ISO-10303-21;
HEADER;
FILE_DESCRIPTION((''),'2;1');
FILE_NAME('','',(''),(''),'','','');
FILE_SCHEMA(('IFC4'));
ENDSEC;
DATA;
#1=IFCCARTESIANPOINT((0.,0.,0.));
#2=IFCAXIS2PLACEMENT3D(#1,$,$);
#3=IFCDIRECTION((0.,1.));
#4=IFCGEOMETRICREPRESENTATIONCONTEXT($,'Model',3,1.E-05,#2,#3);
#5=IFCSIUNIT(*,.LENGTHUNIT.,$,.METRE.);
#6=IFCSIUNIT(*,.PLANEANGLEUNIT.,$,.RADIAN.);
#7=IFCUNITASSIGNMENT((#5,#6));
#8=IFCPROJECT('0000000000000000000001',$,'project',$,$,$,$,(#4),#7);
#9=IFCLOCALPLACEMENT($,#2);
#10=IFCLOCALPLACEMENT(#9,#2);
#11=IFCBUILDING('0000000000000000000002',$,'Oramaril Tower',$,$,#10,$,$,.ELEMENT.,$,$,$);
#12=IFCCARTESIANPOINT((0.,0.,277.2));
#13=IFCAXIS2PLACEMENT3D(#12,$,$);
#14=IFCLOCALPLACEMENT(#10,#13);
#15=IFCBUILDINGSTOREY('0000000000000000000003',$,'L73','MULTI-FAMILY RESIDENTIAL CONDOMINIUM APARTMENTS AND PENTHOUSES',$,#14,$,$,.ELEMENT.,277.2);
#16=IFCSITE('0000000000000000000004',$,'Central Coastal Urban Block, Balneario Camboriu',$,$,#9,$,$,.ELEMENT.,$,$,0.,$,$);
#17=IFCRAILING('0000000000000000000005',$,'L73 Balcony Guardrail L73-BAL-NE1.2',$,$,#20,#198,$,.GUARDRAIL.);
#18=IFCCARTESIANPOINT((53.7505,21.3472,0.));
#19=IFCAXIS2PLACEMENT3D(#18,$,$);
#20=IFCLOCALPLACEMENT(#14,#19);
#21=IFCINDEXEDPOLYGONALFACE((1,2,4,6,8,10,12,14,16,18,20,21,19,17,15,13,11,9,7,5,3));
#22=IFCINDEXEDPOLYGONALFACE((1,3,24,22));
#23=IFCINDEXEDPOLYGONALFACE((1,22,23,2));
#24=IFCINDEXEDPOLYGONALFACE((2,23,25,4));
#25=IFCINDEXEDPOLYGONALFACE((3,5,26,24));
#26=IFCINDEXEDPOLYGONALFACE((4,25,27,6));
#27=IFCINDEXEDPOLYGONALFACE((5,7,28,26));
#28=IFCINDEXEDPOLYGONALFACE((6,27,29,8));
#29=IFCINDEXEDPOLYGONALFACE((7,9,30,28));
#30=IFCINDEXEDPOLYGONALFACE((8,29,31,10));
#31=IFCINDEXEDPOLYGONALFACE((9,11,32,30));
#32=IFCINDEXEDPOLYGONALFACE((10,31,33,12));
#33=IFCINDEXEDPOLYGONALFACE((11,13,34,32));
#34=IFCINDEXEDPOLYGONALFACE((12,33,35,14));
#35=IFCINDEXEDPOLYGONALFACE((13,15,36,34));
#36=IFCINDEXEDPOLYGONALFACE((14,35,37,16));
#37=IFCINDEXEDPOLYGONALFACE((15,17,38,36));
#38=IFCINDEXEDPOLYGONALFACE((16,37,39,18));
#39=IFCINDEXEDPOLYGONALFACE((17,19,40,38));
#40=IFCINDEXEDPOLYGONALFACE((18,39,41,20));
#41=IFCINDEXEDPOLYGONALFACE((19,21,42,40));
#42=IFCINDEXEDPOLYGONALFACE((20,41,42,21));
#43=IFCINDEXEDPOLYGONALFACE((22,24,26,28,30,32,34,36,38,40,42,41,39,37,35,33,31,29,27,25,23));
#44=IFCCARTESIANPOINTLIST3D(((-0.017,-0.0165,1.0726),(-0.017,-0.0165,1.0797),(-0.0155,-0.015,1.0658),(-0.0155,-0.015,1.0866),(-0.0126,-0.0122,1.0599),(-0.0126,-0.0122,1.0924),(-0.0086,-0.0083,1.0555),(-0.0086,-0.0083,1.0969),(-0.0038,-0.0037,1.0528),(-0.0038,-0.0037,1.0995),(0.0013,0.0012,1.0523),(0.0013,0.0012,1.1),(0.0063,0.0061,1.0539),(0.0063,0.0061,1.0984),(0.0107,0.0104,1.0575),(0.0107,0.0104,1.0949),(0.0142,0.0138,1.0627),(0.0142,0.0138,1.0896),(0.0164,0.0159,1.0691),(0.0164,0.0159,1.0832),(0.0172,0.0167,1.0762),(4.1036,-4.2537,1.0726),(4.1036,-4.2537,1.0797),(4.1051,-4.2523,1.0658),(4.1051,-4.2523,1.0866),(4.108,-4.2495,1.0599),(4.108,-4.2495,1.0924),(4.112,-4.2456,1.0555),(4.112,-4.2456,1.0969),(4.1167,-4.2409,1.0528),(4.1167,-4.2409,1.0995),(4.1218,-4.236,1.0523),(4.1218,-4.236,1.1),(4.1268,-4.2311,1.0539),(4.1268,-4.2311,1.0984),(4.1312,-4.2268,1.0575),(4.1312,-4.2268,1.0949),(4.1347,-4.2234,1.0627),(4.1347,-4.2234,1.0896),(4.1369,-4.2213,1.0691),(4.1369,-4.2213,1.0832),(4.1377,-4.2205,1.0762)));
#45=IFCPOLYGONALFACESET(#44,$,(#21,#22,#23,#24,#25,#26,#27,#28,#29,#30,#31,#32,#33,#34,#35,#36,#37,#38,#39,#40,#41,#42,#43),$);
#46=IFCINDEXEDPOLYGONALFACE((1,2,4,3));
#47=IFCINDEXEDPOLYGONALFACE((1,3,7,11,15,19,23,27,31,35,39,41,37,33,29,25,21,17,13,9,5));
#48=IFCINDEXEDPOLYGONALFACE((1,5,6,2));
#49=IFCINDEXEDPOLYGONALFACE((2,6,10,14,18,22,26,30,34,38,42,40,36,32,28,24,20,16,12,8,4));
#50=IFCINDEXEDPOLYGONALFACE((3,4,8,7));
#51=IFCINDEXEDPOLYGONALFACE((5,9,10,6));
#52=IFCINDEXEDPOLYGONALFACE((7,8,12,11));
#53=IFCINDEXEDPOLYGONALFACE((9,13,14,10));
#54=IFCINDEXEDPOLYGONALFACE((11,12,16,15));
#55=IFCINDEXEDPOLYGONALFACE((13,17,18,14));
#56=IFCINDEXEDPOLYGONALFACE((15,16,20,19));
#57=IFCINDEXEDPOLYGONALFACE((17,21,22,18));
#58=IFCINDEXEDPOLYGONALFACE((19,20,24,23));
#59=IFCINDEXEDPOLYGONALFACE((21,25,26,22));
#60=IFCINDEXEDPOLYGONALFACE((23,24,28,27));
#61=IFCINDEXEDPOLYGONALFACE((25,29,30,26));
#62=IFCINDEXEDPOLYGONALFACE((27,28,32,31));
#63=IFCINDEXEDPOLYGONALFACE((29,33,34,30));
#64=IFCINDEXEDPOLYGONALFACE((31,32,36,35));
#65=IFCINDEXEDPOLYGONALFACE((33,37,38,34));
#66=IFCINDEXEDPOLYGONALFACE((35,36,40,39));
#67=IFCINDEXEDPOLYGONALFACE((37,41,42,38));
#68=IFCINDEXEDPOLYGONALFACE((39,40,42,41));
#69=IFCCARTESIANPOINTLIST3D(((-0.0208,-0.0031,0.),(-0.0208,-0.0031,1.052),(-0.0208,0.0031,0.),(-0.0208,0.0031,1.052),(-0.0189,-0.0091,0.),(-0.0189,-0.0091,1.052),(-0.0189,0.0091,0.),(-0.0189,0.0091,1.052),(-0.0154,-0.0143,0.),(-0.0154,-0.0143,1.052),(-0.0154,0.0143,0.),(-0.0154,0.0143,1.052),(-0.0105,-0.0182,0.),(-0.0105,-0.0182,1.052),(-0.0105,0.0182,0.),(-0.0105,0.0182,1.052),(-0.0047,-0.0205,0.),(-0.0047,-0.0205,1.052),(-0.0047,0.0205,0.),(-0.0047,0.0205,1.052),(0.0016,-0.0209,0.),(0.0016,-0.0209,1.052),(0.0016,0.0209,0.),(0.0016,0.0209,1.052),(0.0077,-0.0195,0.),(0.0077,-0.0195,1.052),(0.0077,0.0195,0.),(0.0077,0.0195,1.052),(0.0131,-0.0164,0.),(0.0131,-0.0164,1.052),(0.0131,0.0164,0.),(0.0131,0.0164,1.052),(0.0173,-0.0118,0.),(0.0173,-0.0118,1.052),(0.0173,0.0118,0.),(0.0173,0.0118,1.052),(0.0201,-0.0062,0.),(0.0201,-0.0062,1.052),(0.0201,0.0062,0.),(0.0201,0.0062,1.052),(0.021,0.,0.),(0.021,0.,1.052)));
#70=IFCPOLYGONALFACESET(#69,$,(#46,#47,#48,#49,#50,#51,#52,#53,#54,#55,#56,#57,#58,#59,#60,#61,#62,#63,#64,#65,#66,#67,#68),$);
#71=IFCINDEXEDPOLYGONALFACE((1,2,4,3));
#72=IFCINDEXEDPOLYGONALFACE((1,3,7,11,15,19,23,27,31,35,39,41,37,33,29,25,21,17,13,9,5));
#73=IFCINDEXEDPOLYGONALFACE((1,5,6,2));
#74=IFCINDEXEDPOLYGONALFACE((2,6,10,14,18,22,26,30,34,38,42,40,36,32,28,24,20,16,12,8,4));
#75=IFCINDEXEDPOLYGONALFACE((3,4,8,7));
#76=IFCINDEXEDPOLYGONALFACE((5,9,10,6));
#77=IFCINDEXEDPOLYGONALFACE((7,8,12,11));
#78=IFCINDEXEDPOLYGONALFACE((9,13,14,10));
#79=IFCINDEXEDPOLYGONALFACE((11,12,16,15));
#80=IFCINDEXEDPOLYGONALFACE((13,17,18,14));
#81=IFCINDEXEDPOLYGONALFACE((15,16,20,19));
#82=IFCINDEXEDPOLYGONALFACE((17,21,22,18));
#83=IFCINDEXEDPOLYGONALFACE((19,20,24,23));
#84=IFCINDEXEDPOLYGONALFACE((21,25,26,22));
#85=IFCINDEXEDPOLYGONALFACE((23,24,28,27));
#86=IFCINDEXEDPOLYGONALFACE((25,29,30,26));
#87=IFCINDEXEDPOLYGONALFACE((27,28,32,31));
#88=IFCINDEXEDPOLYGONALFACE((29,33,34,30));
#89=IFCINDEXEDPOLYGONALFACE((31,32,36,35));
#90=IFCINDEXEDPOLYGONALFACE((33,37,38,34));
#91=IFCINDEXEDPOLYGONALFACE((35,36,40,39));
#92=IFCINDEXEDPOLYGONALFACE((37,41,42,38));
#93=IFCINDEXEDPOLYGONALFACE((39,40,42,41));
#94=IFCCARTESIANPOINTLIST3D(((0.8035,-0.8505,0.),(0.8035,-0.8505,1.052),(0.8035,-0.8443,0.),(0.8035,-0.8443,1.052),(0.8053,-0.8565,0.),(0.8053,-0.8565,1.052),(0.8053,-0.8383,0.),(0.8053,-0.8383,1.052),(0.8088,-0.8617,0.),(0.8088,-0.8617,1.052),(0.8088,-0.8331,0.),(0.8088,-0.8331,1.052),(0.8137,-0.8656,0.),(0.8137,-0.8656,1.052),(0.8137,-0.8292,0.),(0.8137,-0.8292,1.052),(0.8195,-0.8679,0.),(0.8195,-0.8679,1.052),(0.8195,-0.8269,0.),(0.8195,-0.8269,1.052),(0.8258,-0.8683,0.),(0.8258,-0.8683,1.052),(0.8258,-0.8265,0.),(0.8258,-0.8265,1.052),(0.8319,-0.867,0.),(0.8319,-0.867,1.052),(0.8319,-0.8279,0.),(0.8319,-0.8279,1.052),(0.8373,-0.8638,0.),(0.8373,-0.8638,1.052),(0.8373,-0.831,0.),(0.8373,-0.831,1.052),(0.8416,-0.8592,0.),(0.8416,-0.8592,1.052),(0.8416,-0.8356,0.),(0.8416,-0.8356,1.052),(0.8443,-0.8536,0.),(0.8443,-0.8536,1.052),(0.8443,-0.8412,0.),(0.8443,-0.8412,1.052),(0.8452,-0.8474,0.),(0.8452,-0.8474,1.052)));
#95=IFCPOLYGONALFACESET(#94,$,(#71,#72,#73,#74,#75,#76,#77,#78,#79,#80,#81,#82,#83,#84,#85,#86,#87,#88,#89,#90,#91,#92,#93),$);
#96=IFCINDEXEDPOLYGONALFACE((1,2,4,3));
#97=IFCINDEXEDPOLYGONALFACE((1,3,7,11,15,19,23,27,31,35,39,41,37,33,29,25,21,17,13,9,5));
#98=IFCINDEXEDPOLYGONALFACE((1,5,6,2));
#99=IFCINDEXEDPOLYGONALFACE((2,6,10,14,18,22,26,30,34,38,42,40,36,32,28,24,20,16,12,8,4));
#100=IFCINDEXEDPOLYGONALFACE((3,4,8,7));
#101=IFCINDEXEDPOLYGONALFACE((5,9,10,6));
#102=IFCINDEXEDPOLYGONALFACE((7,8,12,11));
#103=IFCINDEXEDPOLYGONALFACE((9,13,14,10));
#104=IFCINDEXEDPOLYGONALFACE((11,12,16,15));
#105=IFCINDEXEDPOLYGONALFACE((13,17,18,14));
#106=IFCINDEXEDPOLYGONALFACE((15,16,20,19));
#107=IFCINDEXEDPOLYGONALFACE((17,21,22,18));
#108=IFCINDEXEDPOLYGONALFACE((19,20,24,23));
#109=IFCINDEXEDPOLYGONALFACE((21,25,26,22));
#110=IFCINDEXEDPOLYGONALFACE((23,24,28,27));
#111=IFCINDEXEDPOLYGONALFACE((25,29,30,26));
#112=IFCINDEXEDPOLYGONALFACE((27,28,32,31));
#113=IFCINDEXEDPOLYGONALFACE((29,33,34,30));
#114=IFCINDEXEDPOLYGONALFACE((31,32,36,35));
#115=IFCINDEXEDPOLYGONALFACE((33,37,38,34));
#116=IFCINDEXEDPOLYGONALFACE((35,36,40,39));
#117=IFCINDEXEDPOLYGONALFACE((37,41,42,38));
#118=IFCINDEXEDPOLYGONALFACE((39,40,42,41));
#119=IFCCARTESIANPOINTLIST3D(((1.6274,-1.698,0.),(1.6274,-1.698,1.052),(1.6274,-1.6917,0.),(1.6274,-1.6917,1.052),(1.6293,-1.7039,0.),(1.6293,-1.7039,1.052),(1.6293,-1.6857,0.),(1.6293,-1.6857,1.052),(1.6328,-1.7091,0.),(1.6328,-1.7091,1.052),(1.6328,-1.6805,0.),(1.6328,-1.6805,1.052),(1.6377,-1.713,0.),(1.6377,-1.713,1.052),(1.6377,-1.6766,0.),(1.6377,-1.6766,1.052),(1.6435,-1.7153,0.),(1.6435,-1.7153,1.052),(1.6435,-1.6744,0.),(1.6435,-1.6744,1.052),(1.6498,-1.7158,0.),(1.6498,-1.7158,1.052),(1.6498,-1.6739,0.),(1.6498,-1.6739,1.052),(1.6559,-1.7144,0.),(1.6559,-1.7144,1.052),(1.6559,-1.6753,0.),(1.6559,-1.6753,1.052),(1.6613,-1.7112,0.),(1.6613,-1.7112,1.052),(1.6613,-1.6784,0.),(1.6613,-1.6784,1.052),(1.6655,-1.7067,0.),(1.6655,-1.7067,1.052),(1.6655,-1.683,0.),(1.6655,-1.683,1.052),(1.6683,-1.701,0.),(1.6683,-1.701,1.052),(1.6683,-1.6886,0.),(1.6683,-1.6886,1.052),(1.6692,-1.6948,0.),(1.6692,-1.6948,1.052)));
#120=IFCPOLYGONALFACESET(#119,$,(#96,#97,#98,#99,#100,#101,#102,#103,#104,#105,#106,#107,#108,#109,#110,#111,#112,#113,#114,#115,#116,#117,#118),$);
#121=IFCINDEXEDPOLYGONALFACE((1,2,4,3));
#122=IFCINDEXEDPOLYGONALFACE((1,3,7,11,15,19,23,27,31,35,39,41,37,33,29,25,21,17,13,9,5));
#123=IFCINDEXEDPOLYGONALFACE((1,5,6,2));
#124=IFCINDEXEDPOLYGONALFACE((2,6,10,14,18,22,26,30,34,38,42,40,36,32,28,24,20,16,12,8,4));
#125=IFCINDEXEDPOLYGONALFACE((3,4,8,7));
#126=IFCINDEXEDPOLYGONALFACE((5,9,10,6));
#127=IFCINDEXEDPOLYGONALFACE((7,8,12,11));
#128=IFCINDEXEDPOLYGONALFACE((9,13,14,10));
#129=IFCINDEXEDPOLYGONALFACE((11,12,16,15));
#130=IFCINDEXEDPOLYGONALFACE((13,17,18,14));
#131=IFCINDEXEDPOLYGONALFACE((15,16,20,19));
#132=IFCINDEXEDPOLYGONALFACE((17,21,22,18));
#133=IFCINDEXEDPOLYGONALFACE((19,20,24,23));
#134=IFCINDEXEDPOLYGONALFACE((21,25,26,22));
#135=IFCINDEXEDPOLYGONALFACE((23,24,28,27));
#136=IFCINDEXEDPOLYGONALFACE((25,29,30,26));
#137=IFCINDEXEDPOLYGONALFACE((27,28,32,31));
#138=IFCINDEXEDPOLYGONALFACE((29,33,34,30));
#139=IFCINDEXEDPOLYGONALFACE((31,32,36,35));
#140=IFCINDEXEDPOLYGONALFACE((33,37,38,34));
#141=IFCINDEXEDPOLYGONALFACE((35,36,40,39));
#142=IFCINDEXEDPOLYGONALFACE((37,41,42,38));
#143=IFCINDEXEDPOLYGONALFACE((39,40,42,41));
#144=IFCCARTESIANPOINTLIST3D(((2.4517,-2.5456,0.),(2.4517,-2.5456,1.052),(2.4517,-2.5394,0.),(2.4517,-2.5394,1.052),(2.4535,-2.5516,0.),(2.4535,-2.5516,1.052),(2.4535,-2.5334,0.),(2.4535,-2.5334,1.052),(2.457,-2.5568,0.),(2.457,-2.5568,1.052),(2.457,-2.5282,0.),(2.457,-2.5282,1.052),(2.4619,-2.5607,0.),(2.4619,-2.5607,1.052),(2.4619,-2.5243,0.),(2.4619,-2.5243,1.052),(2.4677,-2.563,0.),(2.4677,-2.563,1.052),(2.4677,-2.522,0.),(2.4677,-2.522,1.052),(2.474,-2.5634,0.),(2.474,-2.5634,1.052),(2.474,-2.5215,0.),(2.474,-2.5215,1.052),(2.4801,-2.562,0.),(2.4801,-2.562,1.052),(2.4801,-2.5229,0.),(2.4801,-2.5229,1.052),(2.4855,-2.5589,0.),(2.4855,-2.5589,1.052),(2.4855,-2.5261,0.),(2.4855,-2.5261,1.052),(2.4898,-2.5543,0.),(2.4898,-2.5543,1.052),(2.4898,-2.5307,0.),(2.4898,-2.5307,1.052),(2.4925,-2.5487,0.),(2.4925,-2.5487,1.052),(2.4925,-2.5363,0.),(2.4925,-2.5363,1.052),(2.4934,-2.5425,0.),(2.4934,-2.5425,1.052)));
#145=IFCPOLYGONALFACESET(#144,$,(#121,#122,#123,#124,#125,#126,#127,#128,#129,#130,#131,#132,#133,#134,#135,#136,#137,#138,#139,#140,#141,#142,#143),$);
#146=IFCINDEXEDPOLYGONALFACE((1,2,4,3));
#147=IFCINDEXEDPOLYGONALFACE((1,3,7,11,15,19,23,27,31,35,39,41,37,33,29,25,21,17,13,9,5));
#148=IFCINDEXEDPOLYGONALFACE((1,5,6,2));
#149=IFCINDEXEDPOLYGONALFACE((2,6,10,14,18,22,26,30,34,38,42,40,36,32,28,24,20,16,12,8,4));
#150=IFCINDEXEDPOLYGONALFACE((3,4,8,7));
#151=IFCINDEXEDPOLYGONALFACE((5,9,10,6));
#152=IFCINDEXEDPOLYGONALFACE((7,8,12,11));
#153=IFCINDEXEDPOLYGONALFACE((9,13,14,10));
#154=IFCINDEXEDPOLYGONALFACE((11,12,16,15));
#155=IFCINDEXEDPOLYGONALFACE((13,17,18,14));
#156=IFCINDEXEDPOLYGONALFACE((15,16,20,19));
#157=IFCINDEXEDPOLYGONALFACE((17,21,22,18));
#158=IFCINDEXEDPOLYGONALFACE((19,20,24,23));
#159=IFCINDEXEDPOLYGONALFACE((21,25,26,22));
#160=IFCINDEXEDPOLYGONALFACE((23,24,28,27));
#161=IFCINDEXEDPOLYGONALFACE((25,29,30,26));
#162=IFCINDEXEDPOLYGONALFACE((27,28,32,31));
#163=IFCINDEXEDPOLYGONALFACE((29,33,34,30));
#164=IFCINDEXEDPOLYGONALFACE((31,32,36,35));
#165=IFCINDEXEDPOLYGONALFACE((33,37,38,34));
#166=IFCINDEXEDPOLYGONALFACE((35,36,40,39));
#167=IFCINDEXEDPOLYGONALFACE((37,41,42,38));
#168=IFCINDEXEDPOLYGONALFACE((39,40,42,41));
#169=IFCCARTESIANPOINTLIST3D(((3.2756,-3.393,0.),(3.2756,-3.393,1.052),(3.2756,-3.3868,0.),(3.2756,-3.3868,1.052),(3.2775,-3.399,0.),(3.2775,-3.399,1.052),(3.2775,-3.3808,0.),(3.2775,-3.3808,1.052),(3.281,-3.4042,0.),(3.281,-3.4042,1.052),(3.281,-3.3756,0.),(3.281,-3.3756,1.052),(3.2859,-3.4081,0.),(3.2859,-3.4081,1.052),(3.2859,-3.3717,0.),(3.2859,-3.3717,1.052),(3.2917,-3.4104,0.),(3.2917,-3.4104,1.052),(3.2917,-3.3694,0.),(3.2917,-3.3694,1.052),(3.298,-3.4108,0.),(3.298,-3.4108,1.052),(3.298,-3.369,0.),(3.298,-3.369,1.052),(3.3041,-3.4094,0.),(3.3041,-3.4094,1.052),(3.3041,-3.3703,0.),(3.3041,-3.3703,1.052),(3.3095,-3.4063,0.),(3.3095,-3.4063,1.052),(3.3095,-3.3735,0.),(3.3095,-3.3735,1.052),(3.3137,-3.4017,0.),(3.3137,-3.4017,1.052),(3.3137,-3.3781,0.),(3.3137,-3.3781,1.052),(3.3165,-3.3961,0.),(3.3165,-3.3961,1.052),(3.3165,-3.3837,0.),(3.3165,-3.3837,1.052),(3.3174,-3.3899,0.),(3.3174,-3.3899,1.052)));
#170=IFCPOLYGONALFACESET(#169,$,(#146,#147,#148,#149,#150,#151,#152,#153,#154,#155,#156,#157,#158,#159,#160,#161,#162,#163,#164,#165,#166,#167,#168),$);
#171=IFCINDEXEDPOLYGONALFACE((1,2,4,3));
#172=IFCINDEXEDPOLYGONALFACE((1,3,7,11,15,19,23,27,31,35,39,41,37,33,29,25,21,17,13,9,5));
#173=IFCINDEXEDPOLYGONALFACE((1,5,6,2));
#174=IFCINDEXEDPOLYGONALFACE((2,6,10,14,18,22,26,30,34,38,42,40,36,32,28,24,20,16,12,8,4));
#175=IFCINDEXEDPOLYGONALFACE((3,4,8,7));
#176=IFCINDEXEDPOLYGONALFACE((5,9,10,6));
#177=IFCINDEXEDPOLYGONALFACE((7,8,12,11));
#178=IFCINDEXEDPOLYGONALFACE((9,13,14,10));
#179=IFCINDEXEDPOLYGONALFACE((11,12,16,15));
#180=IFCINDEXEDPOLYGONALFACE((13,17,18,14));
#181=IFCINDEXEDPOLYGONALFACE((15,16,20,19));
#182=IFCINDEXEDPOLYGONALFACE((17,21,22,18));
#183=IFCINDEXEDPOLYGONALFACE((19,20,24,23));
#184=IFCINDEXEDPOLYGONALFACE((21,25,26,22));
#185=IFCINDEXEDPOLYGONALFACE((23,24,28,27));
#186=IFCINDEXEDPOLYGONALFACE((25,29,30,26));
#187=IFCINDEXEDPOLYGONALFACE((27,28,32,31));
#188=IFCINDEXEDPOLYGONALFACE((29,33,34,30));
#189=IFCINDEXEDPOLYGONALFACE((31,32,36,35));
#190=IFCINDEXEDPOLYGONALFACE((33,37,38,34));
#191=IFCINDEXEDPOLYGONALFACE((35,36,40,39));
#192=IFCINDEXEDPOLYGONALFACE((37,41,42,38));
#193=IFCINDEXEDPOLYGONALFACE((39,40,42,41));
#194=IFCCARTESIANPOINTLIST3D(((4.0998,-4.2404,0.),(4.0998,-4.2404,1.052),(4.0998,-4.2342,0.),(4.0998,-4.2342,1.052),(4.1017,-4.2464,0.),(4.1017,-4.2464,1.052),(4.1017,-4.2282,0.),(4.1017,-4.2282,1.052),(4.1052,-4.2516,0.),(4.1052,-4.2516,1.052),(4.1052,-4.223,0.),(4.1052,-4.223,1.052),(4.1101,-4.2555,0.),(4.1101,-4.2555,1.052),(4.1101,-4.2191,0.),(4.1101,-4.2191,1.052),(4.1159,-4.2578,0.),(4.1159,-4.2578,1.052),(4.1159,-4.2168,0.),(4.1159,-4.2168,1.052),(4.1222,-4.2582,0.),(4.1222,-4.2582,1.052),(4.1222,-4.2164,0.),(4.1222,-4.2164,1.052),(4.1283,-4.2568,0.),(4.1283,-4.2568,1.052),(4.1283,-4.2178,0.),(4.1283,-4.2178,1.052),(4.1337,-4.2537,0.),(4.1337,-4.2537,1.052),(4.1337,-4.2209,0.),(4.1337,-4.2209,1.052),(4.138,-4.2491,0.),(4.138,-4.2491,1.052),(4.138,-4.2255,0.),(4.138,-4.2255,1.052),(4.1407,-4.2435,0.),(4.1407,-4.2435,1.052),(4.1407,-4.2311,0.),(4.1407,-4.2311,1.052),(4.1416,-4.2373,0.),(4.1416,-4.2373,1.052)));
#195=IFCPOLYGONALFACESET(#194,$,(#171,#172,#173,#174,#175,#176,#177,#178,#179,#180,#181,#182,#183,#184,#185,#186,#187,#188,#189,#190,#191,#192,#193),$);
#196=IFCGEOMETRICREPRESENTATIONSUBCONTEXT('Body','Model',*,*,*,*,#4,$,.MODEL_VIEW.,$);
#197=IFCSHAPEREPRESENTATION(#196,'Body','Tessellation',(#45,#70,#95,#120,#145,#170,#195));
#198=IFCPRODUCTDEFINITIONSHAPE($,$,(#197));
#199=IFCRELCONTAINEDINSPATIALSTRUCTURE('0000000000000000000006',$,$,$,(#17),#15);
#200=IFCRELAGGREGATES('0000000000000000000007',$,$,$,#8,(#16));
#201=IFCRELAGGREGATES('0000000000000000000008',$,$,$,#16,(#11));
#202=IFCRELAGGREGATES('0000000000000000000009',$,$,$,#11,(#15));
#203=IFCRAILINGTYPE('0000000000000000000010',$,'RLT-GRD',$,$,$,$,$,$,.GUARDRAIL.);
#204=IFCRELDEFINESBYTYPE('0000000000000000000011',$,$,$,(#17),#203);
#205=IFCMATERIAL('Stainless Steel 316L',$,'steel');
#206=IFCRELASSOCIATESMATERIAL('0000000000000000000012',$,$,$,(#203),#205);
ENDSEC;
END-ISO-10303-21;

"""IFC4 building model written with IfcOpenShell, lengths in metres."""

from ifc_helpers import new_model, si_unit, direction, frame, origin, origin_2d, place, context, subcontext, project, spatial, circle, extrude, material, type_object, element, save


model = new_model("IFC4")

# Units and contexts
model_context = context("Model", 3, precision=1e-05, world=origin(), true_north=direction((0.0, 1.0)))
body_context = subcontext(model_context, "Body", "Model", "MODEL_VIEW")
ifc_project = project(units=[si_unit("LENGTHUNIT", "METRE"), si_unit("PLANEANGLEUNIT", "RADIAN")], contexts=[model_context])

# Site, building, storey
site_placement = place(None, origin())
site = spatial("IfcSite", under=ifc_project, at=site_placement, Name="Central Coastal Urban Block, Balneario Camboriu", CompositionType="ELEMENT", RefElevation=0.0)
building_placement = place(site_placement, origin())
building = spatial("IfcBuilding", under=site, at=building_placement, Name="Oramaril Tower", CompositionType="ELEMENT")
storey_placement = place(building_placement, frame((0.0, 0.0, 277.2)))
storey = spatial("IfcBuildingStorey", under=building, at=storey_placement, Name="L73", Description="MULTI-FAMILY RESIDENTIAL CONDOMINIUM APARTMENTS AND PENTHOUSES", CompositionType="ELEMENT", Elevation=277.2)

# Railing
ifc_material_1 = material(Name="Stainless Steel 316L", Category="steel")
railing_type = type_object("IfcRailingType", Name="RLT-GRD", PredefinedType="GUARDRAIL", material=ifc_material_1)
railing_1_placement = place(storey_placement, frame((53.7505, 21.3472, 0.0)))
element("IfcRailing", 1, at=railing_1_placement, inside=storey, type_object=railing_type, Name="L73 Balcony Guardrail L73-BAL-NE1.2", PredefinedType="GUARDRAIL", context=body_context, shape_type="SweptSolid", body=[
    extrude(circle(Radius=0.0239, at=origin_2d()), frame((0.0, 0.0, 1.0762), z_axis=(0.697166, -0.71691, 0.0), x_axis=(0.71691, 0.697166, 0.0)), (0.0, 0.0, 1.0), 5.9104),
    extrude(circle(Radius=0.021, at=origin_2d()), origin(), (0.0, 0.0, 1.0), 1.052),
    extrude(circle(Radius=0.021, at=origin_2d()), frame((0.8242, -0.8474, 0.0)), (0.0, 0.0, 1.0), 1.052),
    extrude(circle(Radius=0.021, at=origin_2d()), frame((1.6482, -1.6948, 0.0)), (0.0, 0.0, 1.0), 1.052),
    extrude(circle(Radius=0.021, at=origin_2d()), frame((2.4724, -2.5425, 0.0)), (0.0, 0.0, 1.0), 1.052),
    extrude(circle(Radius=0.021, at=origin_2d()), frame((3.2964, -3.3899, 0.0)), (0.0, 0.0, 1.0), 1.052),
    extrude(circle(Radius=0.021, at=origin_2d()), frame((4.1206, -4.2373, 0.0)), (0.0, 0.0, 1.0), 1.052),
])

save(model, "model.ifc")
